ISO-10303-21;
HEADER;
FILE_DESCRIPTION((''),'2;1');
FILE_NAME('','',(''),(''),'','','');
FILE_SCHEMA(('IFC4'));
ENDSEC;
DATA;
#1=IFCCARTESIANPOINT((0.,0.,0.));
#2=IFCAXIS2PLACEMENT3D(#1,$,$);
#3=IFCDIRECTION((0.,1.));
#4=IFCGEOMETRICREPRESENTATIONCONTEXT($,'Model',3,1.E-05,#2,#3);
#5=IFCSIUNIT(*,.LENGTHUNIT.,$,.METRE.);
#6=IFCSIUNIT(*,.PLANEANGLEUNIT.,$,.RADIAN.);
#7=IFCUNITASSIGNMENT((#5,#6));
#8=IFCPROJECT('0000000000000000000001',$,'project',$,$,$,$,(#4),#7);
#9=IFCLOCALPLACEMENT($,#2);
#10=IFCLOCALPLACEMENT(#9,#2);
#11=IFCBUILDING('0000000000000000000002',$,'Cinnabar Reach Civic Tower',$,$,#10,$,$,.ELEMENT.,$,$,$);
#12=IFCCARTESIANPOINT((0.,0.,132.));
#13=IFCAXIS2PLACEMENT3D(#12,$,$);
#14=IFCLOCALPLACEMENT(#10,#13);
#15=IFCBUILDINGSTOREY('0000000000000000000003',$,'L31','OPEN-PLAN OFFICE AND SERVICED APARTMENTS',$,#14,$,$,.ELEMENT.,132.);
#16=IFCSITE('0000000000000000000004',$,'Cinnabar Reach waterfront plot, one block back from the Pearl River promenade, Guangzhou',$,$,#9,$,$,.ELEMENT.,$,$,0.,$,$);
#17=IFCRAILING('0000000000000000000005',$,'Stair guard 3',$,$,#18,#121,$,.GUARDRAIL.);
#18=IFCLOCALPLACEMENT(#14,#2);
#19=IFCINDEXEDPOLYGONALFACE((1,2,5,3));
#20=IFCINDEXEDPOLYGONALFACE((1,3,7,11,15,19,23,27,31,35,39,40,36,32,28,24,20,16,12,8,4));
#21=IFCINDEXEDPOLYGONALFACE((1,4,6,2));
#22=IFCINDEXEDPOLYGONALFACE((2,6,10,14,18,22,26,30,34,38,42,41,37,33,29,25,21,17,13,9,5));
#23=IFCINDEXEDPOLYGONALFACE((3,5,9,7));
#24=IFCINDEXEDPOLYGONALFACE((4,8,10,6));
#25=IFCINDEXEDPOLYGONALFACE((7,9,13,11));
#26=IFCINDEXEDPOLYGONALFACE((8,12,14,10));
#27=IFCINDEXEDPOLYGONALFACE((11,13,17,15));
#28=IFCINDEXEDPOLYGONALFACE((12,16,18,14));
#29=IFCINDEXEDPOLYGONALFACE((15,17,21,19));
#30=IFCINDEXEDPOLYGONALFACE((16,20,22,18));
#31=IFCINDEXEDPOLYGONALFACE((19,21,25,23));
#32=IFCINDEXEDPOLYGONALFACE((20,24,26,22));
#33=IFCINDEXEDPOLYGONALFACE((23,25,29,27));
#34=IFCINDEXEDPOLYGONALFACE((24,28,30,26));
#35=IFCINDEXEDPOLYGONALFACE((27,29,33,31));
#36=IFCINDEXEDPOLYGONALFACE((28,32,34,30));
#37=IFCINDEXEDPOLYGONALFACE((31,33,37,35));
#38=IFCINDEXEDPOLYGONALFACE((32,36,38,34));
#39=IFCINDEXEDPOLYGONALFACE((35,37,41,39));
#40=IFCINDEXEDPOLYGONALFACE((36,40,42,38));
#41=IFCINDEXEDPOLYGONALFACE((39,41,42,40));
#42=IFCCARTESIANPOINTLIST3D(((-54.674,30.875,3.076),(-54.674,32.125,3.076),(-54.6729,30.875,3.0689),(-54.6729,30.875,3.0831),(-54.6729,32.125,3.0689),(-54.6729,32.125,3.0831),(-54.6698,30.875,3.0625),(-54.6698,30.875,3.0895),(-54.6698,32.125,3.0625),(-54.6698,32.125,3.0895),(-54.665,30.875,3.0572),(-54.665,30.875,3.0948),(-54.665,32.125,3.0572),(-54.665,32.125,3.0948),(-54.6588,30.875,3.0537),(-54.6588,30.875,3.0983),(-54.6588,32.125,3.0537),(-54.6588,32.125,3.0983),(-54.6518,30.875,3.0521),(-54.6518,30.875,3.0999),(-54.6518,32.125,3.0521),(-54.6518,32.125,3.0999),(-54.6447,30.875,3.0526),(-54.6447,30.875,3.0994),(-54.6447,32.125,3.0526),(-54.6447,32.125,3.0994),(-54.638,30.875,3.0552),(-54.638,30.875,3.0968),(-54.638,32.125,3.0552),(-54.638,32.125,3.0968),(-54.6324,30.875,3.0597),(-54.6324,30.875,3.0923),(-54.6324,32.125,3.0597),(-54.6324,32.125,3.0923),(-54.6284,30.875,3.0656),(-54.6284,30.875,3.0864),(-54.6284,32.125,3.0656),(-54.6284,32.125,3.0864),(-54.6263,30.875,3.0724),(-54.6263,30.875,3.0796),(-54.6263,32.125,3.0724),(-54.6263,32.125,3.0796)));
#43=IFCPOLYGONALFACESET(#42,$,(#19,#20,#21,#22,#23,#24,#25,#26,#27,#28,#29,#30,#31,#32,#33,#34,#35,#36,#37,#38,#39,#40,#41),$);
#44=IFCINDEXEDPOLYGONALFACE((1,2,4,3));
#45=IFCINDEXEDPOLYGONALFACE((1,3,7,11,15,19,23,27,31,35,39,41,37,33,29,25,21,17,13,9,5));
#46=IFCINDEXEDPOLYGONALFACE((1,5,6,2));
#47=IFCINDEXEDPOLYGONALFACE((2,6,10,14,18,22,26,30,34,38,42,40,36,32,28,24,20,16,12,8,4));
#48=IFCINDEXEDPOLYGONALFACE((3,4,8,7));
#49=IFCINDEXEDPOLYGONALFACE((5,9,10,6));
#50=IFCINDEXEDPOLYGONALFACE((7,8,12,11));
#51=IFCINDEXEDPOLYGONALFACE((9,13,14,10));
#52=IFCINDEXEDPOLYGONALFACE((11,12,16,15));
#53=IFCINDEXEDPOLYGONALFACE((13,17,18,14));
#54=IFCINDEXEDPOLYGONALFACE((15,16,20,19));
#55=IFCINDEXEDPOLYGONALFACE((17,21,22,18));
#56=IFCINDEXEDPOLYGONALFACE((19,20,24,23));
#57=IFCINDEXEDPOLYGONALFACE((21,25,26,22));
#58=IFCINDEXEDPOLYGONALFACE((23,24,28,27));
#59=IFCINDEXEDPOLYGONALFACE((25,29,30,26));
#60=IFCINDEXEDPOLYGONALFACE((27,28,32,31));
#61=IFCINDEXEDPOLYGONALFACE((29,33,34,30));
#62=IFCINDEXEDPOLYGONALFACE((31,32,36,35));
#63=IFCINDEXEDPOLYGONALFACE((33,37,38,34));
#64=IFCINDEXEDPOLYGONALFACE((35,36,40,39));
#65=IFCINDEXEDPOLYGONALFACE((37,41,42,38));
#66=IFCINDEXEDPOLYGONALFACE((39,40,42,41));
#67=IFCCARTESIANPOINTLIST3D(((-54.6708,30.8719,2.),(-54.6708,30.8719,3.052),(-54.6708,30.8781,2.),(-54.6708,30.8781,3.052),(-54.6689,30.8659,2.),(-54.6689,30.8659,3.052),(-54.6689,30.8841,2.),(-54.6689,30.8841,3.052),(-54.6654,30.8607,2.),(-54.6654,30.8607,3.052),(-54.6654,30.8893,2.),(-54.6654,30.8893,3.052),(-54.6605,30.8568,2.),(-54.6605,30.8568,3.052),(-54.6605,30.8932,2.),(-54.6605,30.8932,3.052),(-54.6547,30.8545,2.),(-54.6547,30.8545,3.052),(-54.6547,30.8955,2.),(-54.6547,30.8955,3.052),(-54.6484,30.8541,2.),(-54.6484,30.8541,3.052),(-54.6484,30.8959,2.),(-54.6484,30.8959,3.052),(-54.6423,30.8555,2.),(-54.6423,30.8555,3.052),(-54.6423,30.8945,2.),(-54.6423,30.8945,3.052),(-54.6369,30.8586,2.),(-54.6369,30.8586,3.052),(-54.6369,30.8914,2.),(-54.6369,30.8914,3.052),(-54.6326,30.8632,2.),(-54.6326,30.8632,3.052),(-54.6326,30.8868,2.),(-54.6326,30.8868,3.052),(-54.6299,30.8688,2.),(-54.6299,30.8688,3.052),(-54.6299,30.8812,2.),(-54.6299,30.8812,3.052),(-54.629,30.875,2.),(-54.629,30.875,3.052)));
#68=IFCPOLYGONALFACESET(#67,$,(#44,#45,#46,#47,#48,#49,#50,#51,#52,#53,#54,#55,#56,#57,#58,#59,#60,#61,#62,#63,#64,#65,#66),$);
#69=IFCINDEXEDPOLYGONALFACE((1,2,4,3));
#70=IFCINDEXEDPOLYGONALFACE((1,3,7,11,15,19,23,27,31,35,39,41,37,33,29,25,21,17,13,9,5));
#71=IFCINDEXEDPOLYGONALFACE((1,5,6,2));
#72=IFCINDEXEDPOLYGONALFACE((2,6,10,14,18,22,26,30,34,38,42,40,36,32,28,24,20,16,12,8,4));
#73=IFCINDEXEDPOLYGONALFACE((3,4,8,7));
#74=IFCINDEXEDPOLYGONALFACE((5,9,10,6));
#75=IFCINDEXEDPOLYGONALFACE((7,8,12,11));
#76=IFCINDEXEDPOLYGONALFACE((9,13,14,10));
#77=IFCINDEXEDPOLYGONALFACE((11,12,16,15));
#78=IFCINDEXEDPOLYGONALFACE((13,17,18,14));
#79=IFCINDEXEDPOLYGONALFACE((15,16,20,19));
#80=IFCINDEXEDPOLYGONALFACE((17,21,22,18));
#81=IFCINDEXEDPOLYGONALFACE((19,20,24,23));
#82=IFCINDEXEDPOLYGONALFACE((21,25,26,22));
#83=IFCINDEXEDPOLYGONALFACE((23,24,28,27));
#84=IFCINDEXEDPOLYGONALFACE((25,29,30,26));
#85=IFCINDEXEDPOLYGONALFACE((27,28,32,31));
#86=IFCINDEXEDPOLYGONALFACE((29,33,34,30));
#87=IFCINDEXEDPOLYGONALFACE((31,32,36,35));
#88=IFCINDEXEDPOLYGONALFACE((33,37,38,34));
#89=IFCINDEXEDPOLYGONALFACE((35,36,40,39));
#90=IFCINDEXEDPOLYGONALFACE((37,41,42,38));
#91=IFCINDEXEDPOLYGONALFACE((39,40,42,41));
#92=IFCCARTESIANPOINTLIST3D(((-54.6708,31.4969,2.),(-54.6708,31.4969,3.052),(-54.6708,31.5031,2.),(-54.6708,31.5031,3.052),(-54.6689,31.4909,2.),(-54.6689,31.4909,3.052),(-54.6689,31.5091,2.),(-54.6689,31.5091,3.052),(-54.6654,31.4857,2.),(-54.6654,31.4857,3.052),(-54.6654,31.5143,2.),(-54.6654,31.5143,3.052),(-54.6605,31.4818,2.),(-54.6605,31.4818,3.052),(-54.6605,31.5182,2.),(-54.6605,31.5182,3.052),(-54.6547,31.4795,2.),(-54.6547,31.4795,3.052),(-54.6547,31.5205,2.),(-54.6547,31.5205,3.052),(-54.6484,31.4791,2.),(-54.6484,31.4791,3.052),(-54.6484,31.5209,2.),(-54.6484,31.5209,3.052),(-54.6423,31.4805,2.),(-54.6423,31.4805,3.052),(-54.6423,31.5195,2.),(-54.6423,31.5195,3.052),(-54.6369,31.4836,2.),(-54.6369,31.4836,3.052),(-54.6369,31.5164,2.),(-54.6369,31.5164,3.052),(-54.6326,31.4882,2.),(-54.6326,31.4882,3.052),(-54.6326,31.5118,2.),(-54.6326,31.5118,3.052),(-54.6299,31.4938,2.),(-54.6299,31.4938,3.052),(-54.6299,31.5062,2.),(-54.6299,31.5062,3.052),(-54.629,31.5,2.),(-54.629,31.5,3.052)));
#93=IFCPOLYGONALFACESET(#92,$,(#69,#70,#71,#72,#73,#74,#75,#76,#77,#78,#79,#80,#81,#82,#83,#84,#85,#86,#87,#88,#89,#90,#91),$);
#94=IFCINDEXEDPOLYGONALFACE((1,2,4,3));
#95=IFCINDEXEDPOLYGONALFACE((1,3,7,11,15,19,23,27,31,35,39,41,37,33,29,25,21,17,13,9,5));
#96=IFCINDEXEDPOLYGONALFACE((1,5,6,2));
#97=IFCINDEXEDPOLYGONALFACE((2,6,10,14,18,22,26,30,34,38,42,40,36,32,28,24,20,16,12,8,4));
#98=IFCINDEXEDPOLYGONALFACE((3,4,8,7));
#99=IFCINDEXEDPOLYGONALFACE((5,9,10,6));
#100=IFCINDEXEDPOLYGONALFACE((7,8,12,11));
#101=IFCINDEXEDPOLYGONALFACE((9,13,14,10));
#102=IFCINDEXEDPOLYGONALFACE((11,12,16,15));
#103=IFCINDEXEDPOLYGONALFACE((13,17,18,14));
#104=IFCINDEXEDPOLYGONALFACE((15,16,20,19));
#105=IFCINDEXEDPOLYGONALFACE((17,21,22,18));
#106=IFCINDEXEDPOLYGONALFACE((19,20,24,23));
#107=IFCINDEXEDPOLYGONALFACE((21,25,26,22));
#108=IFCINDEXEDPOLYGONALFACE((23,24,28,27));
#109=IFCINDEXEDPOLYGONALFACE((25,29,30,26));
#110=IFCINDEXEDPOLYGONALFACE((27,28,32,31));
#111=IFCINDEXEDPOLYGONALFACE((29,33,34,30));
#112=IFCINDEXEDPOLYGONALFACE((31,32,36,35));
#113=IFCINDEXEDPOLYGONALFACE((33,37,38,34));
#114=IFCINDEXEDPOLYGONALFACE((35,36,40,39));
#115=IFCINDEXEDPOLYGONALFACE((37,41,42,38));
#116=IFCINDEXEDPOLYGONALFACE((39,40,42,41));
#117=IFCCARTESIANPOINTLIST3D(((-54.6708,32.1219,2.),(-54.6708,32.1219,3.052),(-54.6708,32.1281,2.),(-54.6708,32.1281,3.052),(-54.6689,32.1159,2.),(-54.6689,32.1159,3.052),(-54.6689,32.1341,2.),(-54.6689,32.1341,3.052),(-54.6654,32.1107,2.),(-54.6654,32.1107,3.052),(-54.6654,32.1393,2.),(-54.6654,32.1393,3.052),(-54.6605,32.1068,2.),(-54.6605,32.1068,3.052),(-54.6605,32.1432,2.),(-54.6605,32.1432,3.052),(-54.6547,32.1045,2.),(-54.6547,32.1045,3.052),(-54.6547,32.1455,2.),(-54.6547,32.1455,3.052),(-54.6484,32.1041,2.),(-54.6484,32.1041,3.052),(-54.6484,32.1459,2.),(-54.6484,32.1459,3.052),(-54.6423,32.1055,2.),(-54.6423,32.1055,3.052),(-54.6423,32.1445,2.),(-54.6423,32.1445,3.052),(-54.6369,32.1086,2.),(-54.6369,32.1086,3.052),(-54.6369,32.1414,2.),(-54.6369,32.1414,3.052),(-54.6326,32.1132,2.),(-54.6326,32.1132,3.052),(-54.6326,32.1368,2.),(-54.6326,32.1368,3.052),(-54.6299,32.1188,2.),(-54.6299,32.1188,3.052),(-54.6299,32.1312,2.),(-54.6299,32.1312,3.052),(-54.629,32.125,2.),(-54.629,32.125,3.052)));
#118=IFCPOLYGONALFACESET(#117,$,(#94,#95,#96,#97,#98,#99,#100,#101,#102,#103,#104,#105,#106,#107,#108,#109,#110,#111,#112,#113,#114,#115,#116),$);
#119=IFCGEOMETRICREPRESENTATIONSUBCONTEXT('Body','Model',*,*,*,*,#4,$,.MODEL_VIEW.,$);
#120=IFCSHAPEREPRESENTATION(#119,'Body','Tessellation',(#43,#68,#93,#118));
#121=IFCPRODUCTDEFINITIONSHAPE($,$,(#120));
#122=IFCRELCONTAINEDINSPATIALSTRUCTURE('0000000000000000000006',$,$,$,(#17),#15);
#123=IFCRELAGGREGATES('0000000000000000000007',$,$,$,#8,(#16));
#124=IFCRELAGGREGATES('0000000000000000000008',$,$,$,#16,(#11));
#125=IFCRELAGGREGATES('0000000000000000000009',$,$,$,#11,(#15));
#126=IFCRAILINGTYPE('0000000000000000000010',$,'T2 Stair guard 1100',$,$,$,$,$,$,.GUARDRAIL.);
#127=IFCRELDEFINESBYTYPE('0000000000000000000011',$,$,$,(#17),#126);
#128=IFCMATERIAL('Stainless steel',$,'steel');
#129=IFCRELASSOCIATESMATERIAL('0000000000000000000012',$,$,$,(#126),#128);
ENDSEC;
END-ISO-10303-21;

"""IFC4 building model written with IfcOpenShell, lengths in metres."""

from ifc_helpers import new_model, si_unit, direction, frame, origin, origin_2d, place, context, subcontext, project, spatial, circle, extrude, material, type_object, element, save


model = new_model("IFC4")

# Units and contexts
model_context = context("Model", 3, precision=1e-05, world=origin(), true_north=direction((0.0, 1.0)))
body_context = subcontext(model_context, "Body", "Model", "MODEL_VIEW")
ifc_project = project(units=[si_unit("LENGTHUNIT", "METRE"), si_unit("PLANEANGLEUNIT", "RADIAN")], contexts=[model_context])

# Site, building, storey
site_placement = place(None, origin())
site = spatial("IfcSite", under=ifc_project, at=site_placement, Name="Cinnabar Reach waterfront plot, one block back from the Pearl River promenade, Guangzhou", CompositionType="ELEMENT", RefElevation=0.0)
building_placement = place(site_placement, origin())
building = spatial("IfcBuilding", under=site, at=building_placement, Name="Cinnabar Reach Civic Tower", CompositionType="ELEMENT")
storey_placement = place(building_placement, frame((0.0, 0.0, 132.0)))
storey = spatial("IfcBuildingStorey", under=building, at=storey_placement, Name="L31", Description="OPEN-PLAN OFFICE AND SERVICED APARTMENTS", CompositionType="ELEMENT", Elevation=132.0)

# Railing
ifc_material_1 = material(Name="Stainless steel", Category="steel")
railing_type = type_object("IfcRailingType", Name="T2 Stair guard 1100", PredefinedType="GUARDRAIL", material=ifc_material_1)
for number, where, name in (
    (1, (-54.65, 30.875, 2.0), "Stair guard 3"),
):
    element("IfcRailing", number, at=place(storey_placement, frame(where)), inside=storey, type_object=railing_type, Name=name, PredefinedType="GUARDRAIL", context=body_context, shape_type="SweptSolid", body=[
        extrude(circle(Radius=0.024, at=origin_2d()), frame((0.0, 0.0, 1.076), z_axis=(0.0, 1.0, 0.0), x_axis=(-1.0, 0.0, 0.0)), (0.0, 0.0, 1.0), 1.25),
        extrude(circle(Radius=0.021, at=origin_2d()), origin(), (0.0, 0.0, 1.0), 1.052),
        extrude(circle(Radius=0.021, at=origin_2d()), frame((0.0, 0.625, 0.0)), (0.0, 0.0, 1.0), 1.052),
        extrude(circle(Radius=0.021, at=origin_2d()), frame((0.0, 1.25, 0.0)), (0.0, 0.0, 1.0), 1.052),
    ])

save(model, "model.ifc")
